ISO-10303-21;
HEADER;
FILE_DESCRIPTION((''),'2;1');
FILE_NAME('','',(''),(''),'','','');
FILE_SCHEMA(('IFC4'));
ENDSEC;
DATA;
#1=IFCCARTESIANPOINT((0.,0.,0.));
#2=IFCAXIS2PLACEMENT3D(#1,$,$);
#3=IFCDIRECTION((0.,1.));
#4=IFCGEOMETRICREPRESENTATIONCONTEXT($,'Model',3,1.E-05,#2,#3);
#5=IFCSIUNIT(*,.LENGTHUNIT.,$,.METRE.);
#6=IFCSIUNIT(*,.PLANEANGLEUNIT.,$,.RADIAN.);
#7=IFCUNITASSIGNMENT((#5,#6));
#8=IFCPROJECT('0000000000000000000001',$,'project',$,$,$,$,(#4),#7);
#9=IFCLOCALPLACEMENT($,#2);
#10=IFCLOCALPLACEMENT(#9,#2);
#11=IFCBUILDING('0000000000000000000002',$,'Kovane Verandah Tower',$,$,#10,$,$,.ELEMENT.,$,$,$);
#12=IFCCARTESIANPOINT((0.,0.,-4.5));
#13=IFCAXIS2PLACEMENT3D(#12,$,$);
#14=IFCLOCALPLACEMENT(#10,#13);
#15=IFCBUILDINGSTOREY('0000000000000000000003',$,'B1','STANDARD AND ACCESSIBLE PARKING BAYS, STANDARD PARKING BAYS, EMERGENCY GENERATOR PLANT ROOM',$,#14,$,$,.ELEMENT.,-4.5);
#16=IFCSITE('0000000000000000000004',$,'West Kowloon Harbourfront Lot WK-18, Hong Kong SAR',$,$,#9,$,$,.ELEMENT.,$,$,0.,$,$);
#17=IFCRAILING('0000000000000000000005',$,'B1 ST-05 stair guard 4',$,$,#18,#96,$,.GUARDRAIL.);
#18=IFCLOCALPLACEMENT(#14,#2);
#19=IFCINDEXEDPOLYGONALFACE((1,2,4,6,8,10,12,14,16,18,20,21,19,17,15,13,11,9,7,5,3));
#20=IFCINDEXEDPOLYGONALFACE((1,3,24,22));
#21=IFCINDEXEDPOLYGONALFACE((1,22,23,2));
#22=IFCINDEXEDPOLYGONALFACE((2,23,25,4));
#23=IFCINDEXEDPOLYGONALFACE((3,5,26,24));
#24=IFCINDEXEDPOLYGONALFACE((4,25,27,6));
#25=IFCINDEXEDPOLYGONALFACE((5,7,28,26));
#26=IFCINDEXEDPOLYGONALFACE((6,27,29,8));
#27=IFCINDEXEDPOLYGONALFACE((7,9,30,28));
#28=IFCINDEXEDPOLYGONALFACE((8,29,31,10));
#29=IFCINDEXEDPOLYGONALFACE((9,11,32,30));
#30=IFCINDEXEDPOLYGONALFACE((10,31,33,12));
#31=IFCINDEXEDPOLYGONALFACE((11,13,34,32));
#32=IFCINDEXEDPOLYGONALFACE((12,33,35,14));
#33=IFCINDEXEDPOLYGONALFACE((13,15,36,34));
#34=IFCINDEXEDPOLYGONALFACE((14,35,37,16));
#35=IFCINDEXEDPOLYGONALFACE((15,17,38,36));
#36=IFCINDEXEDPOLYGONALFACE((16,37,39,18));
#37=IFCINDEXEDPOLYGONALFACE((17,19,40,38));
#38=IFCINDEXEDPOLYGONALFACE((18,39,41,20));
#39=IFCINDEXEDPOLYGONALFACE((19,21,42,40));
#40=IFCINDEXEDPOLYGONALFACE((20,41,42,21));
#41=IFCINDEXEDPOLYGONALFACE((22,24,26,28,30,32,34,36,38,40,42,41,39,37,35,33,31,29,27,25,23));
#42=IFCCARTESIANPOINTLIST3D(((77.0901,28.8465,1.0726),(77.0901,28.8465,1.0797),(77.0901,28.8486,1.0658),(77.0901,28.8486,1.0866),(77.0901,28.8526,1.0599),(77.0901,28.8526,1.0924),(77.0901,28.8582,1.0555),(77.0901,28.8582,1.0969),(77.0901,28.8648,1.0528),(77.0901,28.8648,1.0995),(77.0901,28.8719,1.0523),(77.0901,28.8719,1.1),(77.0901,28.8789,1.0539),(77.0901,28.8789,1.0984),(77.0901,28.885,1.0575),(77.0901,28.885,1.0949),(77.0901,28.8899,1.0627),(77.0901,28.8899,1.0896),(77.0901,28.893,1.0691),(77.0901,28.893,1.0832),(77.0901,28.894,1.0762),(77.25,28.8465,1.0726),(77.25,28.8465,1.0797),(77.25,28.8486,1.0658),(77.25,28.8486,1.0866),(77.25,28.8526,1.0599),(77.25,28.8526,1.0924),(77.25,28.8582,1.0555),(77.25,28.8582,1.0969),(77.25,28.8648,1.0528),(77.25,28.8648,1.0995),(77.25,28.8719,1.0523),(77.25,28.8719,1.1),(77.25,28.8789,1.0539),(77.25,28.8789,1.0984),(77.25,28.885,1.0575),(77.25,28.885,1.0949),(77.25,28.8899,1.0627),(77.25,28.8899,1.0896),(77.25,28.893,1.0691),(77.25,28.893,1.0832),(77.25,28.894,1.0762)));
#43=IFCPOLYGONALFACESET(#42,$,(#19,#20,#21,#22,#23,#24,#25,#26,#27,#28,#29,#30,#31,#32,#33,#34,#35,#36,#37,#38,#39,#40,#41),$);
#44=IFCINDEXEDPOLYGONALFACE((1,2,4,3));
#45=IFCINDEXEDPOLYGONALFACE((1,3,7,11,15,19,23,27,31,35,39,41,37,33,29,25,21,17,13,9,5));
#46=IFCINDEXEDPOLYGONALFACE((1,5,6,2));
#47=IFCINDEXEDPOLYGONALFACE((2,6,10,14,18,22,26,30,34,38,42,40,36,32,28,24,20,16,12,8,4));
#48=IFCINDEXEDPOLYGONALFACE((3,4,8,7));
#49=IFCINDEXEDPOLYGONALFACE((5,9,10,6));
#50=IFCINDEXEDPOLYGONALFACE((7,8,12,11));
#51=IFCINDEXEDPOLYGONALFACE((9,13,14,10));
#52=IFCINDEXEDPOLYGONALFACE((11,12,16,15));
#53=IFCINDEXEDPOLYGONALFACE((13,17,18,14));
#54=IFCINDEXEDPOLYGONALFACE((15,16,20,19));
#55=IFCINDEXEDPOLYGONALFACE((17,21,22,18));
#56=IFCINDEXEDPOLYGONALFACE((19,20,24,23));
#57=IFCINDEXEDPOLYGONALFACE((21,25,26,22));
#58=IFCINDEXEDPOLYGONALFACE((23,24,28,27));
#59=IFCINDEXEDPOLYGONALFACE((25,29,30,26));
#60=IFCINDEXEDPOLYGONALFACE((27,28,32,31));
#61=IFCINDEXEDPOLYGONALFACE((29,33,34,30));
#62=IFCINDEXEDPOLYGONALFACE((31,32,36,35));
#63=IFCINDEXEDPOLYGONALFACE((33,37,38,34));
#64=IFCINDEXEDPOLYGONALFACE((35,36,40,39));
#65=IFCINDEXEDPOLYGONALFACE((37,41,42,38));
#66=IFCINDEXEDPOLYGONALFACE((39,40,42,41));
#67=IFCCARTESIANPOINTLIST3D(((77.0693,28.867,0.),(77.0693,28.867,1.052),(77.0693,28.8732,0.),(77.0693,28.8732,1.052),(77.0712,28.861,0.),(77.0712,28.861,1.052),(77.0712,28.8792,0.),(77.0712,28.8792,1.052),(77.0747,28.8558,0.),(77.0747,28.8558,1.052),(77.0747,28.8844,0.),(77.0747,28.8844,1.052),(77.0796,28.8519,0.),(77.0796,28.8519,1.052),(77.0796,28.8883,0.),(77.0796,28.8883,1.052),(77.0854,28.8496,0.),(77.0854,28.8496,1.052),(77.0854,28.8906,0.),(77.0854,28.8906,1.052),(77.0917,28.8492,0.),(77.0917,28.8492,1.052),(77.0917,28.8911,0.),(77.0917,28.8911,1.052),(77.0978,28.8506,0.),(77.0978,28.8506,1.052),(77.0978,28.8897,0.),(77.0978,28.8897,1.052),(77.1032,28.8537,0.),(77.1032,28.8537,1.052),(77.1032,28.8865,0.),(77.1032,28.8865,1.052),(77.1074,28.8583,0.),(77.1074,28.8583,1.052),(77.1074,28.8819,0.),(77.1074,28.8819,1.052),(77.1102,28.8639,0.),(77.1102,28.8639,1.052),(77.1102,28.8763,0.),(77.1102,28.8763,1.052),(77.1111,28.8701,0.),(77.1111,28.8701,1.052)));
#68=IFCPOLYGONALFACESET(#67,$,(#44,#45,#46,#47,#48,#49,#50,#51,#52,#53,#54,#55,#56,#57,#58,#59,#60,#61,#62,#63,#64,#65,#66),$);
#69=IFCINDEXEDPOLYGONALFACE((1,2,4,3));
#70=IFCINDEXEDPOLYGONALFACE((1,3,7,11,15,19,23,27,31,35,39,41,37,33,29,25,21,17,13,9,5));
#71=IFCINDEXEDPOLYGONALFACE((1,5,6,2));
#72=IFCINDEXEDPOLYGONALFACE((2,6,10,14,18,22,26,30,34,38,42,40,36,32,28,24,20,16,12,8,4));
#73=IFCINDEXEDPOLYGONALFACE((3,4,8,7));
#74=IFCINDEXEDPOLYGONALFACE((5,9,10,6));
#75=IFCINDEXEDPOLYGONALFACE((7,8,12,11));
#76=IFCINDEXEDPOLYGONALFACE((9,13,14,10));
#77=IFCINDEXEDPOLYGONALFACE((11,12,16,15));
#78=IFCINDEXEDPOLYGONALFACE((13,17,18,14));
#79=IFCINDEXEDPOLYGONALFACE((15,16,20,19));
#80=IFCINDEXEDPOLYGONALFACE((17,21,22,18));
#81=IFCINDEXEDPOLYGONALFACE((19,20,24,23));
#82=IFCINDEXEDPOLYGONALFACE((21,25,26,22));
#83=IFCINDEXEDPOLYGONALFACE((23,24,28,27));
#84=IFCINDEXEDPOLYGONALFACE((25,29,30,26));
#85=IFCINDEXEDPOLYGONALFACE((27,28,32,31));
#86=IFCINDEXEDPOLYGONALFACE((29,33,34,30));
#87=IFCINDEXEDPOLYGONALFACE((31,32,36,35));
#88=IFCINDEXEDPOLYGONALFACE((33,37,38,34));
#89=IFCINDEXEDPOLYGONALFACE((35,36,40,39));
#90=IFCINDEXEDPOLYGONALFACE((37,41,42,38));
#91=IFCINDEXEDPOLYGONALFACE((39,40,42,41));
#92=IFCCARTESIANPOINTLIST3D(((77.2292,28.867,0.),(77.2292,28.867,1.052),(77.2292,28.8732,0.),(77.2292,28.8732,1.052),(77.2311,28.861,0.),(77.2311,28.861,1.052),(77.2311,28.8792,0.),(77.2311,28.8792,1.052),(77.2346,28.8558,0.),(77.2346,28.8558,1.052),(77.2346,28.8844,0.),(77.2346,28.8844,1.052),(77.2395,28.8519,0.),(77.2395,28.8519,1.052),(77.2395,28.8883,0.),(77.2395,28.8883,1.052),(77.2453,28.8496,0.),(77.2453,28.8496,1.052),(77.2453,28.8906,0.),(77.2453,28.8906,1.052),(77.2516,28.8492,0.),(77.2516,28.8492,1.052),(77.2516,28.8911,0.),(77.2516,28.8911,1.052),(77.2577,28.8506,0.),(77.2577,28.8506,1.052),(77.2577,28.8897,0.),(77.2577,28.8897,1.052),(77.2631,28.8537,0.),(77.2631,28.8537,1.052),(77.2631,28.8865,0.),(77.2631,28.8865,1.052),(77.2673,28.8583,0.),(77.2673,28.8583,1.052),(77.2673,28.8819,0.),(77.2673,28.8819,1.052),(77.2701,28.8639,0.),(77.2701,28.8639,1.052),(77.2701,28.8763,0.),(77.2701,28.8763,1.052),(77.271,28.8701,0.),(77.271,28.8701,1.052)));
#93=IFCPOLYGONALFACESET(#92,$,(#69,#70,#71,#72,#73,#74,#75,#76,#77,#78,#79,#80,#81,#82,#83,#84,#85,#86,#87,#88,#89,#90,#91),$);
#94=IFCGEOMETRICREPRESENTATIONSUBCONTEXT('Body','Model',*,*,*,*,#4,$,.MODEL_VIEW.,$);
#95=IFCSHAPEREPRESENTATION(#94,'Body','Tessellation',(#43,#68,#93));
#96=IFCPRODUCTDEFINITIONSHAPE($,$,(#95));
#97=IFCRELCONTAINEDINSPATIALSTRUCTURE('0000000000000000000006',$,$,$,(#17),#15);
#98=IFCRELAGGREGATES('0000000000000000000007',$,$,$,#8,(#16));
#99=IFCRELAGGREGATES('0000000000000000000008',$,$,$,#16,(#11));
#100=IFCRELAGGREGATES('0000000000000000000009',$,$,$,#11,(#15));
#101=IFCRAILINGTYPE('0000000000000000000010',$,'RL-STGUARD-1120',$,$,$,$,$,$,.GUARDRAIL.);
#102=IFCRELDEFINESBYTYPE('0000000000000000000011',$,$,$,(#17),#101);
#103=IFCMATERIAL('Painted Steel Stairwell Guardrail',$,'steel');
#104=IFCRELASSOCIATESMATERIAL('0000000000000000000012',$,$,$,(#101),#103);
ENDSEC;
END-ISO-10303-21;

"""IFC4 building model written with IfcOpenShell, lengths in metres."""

from ifc_helpers import new_model, si_unit, direction, frame, origin, origin_2d, place, context, subcontext, project, spatial, circle, extrude, material, type_object, element, save


model = new_model("IFC4")

# Units and contexts
model_context = context("Model", 3, precision=1e-05, world=origin(), true_north=direction((0.0, 1.0)))
body_context = subcontext(model_context, "Body", "Model", "MODEL_VIEW")
ifc_project = project(units=[si_unit("LENGTHUNIT", "METRE"), si_unit("PLANEANGLEUNIT", "RADIAN")], contexts=[model_context])

# Site, building, storey
site_placement = place(None, origin())
site = spatial("IfcSite", under=ifc_project, at=site_placement, Name="West Kowloon Harbourfront Lot WK-18, Hong Kong SAR", CompositionType="ELEMENT", RefElevation=0.0)
building_placement = place(site_placement, origin())
building = spatial("IfcBuilding", under=site, at=building_placement, Name="Kovane Verandah Tower", CompositionType="ELEMENT")
storey_placement = place(building_placement, frame((0.0, 0.0, -4.5)))
storey = spatial("IfcBuildingStorey", under=building, at=storey_placement, Name="B1", Description="STANDARD AND ACCESSIBLE PARKING BAYS, STANDARD PARKING BAYS, EMERGENCY GENERATOR PLANT ROOM", CompositionType="ELEMENT", Elevation=-4.5)

# Railing
ifc_material_1 = material(Name="Painted Steel Stairwell Guardrail", Category="steel")
railing_type_1 = type_object("IfcRailingType", Name="RL-STGUARD-1120", PredefinedType="GUARDRAIL", material=ifc_material_1)
railing_1_placement = place(storey_placement, frame((77.0901, 28.8701, 0.0)))
element("IfcRailing", 1, at=railing_1_placement, inside=storey, type_object=railing_type_1, Name="B1 ST-05 stair guard 4", PredefinedType="GUARDRAIL", context=body_context, shape_type="SweptSolid", body=[
    extrude(circle(Radius=0.0239, at=origin_2d()), frame((0.0, 0.0, 1.0762), z_axis=(1.0, 0.0, 0.0), x_axis=(0.0, 1.0, 0.0)), (0.0, 0.0, 1.0), 0.1599),
    extrude(circle(Radius=0.021, at=origin_2d()), origin(), (0.0, 0.0, 1.0), 1.052),
    extrude(circle(Radius=0.021, at=origin_2d()), frame((0.1599, 0.0, 0.0)), (0.0, 0.0, 1.0), 1.052),
])

save(model, "model.ifc")
